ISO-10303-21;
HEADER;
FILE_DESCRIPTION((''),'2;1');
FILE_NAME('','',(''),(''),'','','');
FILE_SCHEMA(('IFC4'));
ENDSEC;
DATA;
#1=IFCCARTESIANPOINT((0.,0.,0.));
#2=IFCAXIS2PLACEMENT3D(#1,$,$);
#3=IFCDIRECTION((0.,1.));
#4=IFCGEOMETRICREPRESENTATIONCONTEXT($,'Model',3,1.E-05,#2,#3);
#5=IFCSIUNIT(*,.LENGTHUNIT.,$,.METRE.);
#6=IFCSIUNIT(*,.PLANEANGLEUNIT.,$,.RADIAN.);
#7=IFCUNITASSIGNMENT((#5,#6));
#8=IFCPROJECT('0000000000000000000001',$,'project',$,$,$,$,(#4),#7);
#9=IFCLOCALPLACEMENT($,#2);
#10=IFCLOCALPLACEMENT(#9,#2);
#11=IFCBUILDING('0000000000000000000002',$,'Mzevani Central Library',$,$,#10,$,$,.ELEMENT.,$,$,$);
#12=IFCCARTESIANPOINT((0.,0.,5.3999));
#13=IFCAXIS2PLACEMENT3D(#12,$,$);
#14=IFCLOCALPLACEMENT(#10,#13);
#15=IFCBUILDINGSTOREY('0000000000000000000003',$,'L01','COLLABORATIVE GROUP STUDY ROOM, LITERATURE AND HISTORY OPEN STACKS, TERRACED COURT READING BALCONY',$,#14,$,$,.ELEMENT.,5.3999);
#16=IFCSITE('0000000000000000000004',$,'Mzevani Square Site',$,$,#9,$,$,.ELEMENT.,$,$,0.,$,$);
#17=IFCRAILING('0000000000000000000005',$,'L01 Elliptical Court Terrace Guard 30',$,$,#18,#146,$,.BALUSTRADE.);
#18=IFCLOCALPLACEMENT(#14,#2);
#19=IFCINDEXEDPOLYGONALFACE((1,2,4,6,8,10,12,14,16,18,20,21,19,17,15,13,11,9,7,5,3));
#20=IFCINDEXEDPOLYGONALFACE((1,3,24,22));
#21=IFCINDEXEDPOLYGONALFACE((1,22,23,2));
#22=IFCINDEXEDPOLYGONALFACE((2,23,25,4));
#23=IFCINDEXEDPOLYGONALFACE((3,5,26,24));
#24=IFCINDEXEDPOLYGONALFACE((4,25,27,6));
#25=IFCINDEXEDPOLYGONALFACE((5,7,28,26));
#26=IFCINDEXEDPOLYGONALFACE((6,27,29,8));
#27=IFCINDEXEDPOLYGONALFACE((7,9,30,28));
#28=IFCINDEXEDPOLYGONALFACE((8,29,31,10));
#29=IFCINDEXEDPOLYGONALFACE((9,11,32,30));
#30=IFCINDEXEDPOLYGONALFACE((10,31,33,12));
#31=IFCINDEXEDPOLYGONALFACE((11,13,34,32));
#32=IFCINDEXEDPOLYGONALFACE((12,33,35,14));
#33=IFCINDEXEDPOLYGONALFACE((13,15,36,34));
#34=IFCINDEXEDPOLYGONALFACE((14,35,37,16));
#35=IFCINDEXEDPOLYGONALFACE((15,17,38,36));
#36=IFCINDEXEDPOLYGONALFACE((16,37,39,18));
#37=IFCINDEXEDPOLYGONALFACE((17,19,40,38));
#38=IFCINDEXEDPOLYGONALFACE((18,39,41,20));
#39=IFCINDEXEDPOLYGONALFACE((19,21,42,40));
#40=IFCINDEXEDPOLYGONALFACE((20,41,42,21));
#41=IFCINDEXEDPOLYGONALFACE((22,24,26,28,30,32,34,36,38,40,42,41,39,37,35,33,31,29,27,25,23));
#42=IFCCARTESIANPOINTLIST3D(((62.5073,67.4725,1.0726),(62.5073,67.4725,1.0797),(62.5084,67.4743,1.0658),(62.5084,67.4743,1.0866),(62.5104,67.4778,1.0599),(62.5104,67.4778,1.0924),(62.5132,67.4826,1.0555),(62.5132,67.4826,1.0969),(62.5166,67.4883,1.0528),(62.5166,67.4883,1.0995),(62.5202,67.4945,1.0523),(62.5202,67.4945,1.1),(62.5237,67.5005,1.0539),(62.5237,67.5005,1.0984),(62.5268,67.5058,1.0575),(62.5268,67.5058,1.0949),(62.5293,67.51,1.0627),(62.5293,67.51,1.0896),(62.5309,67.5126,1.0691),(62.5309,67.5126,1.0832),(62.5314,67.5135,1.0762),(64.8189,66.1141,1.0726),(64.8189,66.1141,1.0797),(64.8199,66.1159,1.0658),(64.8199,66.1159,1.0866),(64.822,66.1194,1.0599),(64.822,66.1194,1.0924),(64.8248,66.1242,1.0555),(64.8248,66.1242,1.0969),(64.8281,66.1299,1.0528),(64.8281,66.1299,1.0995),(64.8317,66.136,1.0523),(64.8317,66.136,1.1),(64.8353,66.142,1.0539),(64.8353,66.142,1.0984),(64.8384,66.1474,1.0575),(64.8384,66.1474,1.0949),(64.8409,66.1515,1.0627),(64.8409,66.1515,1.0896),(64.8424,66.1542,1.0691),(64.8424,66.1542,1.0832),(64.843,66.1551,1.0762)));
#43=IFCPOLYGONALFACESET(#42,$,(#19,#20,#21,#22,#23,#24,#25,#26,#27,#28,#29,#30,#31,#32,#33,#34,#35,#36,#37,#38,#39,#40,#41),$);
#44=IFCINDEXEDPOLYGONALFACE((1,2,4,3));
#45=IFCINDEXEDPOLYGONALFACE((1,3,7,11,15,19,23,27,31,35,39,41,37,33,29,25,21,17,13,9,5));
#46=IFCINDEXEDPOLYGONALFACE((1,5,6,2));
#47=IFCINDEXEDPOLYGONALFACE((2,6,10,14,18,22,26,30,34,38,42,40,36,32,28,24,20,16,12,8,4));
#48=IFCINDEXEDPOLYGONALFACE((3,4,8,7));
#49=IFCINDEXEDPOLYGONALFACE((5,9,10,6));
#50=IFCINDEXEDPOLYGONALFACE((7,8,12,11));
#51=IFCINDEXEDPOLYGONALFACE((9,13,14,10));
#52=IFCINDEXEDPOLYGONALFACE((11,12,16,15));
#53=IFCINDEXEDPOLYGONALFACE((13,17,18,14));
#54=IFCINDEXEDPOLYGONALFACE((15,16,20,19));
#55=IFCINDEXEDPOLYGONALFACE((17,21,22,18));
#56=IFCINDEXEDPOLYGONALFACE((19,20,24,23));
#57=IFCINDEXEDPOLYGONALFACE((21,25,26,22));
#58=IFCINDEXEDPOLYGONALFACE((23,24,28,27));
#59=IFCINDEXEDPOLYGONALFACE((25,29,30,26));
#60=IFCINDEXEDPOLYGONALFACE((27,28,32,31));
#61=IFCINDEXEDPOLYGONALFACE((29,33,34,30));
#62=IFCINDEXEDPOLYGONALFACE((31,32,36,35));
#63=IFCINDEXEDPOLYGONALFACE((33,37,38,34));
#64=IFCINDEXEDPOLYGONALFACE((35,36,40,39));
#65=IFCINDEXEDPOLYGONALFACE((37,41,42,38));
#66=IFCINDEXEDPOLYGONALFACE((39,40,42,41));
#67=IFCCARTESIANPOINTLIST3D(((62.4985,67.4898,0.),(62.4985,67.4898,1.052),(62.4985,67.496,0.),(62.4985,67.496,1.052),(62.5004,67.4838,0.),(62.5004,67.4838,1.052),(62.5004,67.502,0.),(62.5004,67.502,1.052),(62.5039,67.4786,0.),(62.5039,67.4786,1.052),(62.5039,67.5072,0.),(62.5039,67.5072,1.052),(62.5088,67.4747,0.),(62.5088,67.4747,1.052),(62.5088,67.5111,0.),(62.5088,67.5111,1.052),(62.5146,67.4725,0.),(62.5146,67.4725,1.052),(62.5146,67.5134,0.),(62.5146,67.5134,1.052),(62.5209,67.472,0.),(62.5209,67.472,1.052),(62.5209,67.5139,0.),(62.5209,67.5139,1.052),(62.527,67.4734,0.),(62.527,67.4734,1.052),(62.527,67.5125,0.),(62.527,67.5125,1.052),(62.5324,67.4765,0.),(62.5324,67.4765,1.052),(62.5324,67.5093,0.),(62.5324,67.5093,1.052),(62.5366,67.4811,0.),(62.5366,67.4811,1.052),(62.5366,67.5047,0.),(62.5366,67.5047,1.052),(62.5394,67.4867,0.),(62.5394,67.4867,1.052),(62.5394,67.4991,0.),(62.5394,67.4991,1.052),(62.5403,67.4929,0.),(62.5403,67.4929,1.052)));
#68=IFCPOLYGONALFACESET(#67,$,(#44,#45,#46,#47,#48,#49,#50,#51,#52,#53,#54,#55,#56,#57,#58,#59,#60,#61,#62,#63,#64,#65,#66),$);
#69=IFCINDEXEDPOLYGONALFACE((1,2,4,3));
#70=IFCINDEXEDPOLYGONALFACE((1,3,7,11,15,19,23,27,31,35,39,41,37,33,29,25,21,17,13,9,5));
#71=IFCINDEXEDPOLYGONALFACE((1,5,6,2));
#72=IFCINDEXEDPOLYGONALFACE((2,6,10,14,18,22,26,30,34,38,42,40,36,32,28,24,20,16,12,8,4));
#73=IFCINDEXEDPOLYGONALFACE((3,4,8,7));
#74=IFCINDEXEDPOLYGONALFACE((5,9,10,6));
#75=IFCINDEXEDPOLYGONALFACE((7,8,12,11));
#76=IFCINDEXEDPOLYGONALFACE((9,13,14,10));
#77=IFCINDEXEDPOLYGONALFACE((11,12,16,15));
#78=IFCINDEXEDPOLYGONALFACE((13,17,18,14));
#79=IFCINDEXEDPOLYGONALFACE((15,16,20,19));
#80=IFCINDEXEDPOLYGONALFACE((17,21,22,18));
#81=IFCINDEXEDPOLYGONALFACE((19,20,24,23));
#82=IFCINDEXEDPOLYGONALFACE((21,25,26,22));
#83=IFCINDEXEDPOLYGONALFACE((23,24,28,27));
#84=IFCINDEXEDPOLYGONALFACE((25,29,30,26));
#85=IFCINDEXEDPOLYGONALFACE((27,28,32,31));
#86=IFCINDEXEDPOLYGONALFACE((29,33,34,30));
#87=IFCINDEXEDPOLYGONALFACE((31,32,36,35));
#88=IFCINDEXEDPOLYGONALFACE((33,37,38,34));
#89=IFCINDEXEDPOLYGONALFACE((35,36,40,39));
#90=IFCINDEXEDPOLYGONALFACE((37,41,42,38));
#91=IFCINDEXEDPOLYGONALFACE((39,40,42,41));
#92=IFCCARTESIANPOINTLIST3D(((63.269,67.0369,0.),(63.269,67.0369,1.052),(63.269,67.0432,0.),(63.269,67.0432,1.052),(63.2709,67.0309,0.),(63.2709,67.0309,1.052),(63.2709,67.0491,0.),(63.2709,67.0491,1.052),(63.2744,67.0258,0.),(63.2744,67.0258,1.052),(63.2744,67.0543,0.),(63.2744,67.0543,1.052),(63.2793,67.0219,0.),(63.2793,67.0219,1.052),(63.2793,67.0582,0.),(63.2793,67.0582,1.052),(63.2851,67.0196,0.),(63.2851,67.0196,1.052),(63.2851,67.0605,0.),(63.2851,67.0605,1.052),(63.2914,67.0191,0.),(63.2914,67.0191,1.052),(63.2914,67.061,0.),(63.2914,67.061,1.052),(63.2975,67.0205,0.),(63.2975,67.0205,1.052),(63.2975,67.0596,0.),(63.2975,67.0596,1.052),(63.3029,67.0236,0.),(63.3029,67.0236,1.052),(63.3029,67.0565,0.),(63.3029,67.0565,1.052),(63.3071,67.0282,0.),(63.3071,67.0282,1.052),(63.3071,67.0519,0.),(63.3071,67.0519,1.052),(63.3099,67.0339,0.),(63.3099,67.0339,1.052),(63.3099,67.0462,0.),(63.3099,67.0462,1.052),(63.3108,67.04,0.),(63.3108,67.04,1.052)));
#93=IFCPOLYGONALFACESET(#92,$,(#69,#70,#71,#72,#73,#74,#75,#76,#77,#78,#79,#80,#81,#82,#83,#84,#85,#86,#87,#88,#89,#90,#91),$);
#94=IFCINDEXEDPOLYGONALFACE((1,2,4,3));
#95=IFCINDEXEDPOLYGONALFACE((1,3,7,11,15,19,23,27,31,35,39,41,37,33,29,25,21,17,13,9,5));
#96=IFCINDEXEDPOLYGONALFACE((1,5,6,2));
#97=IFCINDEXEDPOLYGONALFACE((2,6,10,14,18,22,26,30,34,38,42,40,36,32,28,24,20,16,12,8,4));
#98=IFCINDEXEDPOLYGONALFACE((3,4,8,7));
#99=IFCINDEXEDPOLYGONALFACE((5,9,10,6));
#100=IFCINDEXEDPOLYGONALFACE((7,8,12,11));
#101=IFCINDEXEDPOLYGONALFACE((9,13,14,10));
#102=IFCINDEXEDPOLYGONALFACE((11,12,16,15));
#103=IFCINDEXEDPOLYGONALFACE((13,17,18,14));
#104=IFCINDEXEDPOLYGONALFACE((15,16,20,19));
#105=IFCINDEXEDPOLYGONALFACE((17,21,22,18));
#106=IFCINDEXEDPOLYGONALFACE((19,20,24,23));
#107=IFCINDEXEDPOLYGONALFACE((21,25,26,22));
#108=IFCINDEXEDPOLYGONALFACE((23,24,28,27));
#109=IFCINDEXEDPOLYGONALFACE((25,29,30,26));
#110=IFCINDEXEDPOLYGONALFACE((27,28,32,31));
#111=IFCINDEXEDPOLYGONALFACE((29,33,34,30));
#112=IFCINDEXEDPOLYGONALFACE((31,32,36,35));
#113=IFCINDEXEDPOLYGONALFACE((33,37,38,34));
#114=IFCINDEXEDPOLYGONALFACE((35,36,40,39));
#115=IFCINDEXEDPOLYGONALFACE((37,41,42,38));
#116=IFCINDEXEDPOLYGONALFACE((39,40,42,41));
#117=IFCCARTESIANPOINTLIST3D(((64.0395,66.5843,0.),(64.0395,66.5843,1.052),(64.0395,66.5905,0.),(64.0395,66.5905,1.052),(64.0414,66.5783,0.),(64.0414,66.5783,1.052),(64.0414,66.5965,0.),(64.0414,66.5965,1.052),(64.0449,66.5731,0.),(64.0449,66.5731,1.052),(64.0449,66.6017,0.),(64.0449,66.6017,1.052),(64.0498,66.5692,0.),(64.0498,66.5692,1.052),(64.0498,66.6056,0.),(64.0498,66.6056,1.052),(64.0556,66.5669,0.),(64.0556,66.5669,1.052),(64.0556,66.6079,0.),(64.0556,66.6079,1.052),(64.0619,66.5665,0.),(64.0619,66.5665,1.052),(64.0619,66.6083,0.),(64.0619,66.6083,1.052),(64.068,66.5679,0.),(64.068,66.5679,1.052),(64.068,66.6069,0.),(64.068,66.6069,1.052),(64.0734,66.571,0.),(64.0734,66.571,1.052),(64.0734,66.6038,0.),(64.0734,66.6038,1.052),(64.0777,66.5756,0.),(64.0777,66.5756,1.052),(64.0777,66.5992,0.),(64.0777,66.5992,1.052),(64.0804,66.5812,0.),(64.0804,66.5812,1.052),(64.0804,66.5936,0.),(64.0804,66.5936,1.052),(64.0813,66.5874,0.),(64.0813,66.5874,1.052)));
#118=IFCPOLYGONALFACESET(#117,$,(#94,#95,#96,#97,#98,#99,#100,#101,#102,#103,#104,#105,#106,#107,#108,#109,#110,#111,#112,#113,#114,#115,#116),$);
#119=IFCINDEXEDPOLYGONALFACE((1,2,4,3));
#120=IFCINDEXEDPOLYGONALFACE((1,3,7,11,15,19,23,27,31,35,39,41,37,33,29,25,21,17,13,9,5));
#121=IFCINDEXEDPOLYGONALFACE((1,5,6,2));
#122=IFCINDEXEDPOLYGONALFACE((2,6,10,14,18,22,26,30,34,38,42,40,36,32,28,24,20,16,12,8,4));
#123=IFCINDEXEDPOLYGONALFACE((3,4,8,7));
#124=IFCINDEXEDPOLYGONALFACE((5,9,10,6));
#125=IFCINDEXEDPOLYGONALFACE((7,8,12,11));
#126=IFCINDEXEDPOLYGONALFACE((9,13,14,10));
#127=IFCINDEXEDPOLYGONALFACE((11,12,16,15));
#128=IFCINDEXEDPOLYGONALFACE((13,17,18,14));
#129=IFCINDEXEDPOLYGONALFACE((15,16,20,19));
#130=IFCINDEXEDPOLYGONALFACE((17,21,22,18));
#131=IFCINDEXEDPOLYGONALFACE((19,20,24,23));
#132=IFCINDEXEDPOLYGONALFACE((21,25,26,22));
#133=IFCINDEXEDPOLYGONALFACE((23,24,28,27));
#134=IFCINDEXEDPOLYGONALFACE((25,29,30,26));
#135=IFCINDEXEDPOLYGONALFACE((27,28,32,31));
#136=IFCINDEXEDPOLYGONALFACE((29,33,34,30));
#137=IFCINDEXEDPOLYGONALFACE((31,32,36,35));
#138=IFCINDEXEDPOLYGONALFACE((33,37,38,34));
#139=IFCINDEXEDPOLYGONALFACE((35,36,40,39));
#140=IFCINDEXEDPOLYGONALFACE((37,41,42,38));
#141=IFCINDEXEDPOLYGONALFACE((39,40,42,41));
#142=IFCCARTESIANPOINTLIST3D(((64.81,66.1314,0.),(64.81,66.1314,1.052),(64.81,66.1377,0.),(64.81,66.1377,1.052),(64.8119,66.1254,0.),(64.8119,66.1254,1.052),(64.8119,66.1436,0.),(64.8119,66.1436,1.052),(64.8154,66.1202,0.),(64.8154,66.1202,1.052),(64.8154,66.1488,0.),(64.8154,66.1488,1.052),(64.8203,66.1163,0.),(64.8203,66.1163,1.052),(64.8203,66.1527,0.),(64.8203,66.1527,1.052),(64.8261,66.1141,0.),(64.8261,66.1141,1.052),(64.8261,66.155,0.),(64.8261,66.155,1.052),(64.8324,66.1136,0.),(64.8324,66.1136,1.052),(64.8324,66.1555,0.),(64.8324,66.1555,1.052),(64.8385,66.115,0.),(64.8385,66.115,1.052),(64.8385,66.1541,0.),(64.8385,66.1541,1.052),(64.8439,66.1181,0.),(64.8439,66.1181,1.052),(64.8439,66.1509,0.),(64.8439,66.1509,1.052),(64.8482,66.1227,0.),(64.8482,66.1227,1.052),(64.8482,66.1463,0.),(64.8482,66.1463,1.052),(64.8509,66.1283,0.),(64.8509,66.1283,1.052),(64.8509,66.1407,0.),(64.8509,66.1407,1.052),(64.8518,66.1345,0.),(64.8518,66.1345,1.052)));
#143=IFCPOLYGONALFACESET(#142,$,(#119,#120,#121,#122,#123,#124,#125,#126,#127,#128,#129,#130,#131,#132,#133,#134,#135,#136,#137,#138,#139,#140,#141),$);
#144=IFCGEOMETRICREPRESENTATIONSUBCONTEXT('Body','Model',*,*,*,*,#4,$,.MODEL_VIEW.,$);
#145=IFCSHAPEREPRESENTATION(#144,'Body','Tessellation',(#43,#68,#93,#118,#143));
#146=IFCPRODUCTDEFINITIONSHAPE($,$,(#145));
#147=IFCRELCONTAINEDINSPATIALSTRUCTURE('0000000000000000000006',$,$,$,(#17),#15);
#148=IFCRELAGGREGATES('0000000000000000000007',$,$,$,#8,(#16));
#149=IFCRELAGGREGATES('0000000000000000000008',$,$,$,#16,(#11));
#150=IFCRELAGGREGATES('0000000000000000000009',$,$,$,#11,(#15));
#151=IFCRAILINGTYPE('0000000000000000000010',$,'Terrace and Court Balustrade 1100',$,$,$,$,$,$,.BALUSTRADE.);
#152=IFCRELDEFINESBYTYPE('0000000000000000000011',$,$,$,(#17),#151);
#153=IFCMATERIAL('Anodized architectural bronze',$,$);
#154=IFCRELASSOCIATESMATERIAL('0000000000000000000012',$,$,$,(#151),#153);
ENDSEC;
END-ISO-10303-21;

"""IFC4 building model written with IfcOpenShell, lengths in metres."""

from ifc_helpers import new_model, si_unit, direction, frame, origin, origin_2d, place, context, subcontext, project, spatial, circle, extrude, material, type_object, element, save


model = new_model("IFC4")

# Units and contexts
model_context = context("Model", 3, precision=1e-05, world=origin(), true_north=direction((0.0, 1.0)))
body_context = subcontext(model_context, "Body", "Model", "MODEL_VIEW")
ifc_project = project(units=[si_unit("LENGTHUNIT", "METRE"), si_unit("PLANEANGLEUNIT", "RADIAN")], contexts=[model_context])

# Site, building, storey
site_placement = place(None, origin())
site = spatial("IfcSite", under=ifc_project, at=site_placement, Name="Mzevani Square Site", CompositionType="ELEMENT", RefElevation=0.0)
building_placement = place(site_placement, origin())
building = spatial("IfcBuilding", under=site, at=building_placement, Name="Mzevani Central Library", CompositionType="ELEMENT")
storey_placement = place(building_placement, frame((0.0, 0.0, 5.3999)))
storey = spatial("IfcBuildingStorey", under=building, at=storey_placement, Name="L01", Description="COLLABORATIVE GROUP STUDY ROOM, LITERATURE AND HISTORY OPEN STACKS, TERRACED COURT READING BALCONY", CompositionType="ELEMENT", Elevation=5.3999)

# Railing
ifc_material_1 = material(Name="Anodized architectural bronze")
railing_type = type_object("IfcRailingType", Name="Terrace and Court Balustrade 1100", PredefinedType="BALUSTRADE", material=ifc_material_1)
railing_1_placement = place(storey_placement, frame((62.5193, 67.4929, 0.0)))
element("IfcRailing", 1, at=railing_1_placement, inside=storey, type_object=railing_type, Name="L01 Elliptical Court Terrace Guard 30", PredefinedType="BALUSTRADE", context=body_context, shape_type="SweptSolid", body=[
    extrude(circle(Radius=0.0239, at=origin_2d()), frame((0.0, 0.0, 1.0762), z_axis=(0.862149, -0.506654, 0.0), x_axis=(0.506654, 0.862149, 0.0)), (0.0, 0.0, 1.0), 2.6812),
    extrude(circle(Radius=0.021, at=origin_2d()), origin(), (0.0, 0.0, 1.0), 1.052),
    extrude(circle(Radius=0.021, at=origin_2d()), frame((0.7705, -0.4529, 0.0)), (0.0, 0.0, 1.0), 1.052),
    extrude(circle(Radius=0.021, at=origin_2d()), frame((1.541, -0.9055, 0.0)), (0.0, 0.0, 1.0), 1.052),
    extrude(circle(Radius=0.021, at=origin_2d()), frame((2.3115, -1.3584, 0.0)), (0.0, 0.0, 1.0), 1.052),
])

save(model, "model.ifc")
